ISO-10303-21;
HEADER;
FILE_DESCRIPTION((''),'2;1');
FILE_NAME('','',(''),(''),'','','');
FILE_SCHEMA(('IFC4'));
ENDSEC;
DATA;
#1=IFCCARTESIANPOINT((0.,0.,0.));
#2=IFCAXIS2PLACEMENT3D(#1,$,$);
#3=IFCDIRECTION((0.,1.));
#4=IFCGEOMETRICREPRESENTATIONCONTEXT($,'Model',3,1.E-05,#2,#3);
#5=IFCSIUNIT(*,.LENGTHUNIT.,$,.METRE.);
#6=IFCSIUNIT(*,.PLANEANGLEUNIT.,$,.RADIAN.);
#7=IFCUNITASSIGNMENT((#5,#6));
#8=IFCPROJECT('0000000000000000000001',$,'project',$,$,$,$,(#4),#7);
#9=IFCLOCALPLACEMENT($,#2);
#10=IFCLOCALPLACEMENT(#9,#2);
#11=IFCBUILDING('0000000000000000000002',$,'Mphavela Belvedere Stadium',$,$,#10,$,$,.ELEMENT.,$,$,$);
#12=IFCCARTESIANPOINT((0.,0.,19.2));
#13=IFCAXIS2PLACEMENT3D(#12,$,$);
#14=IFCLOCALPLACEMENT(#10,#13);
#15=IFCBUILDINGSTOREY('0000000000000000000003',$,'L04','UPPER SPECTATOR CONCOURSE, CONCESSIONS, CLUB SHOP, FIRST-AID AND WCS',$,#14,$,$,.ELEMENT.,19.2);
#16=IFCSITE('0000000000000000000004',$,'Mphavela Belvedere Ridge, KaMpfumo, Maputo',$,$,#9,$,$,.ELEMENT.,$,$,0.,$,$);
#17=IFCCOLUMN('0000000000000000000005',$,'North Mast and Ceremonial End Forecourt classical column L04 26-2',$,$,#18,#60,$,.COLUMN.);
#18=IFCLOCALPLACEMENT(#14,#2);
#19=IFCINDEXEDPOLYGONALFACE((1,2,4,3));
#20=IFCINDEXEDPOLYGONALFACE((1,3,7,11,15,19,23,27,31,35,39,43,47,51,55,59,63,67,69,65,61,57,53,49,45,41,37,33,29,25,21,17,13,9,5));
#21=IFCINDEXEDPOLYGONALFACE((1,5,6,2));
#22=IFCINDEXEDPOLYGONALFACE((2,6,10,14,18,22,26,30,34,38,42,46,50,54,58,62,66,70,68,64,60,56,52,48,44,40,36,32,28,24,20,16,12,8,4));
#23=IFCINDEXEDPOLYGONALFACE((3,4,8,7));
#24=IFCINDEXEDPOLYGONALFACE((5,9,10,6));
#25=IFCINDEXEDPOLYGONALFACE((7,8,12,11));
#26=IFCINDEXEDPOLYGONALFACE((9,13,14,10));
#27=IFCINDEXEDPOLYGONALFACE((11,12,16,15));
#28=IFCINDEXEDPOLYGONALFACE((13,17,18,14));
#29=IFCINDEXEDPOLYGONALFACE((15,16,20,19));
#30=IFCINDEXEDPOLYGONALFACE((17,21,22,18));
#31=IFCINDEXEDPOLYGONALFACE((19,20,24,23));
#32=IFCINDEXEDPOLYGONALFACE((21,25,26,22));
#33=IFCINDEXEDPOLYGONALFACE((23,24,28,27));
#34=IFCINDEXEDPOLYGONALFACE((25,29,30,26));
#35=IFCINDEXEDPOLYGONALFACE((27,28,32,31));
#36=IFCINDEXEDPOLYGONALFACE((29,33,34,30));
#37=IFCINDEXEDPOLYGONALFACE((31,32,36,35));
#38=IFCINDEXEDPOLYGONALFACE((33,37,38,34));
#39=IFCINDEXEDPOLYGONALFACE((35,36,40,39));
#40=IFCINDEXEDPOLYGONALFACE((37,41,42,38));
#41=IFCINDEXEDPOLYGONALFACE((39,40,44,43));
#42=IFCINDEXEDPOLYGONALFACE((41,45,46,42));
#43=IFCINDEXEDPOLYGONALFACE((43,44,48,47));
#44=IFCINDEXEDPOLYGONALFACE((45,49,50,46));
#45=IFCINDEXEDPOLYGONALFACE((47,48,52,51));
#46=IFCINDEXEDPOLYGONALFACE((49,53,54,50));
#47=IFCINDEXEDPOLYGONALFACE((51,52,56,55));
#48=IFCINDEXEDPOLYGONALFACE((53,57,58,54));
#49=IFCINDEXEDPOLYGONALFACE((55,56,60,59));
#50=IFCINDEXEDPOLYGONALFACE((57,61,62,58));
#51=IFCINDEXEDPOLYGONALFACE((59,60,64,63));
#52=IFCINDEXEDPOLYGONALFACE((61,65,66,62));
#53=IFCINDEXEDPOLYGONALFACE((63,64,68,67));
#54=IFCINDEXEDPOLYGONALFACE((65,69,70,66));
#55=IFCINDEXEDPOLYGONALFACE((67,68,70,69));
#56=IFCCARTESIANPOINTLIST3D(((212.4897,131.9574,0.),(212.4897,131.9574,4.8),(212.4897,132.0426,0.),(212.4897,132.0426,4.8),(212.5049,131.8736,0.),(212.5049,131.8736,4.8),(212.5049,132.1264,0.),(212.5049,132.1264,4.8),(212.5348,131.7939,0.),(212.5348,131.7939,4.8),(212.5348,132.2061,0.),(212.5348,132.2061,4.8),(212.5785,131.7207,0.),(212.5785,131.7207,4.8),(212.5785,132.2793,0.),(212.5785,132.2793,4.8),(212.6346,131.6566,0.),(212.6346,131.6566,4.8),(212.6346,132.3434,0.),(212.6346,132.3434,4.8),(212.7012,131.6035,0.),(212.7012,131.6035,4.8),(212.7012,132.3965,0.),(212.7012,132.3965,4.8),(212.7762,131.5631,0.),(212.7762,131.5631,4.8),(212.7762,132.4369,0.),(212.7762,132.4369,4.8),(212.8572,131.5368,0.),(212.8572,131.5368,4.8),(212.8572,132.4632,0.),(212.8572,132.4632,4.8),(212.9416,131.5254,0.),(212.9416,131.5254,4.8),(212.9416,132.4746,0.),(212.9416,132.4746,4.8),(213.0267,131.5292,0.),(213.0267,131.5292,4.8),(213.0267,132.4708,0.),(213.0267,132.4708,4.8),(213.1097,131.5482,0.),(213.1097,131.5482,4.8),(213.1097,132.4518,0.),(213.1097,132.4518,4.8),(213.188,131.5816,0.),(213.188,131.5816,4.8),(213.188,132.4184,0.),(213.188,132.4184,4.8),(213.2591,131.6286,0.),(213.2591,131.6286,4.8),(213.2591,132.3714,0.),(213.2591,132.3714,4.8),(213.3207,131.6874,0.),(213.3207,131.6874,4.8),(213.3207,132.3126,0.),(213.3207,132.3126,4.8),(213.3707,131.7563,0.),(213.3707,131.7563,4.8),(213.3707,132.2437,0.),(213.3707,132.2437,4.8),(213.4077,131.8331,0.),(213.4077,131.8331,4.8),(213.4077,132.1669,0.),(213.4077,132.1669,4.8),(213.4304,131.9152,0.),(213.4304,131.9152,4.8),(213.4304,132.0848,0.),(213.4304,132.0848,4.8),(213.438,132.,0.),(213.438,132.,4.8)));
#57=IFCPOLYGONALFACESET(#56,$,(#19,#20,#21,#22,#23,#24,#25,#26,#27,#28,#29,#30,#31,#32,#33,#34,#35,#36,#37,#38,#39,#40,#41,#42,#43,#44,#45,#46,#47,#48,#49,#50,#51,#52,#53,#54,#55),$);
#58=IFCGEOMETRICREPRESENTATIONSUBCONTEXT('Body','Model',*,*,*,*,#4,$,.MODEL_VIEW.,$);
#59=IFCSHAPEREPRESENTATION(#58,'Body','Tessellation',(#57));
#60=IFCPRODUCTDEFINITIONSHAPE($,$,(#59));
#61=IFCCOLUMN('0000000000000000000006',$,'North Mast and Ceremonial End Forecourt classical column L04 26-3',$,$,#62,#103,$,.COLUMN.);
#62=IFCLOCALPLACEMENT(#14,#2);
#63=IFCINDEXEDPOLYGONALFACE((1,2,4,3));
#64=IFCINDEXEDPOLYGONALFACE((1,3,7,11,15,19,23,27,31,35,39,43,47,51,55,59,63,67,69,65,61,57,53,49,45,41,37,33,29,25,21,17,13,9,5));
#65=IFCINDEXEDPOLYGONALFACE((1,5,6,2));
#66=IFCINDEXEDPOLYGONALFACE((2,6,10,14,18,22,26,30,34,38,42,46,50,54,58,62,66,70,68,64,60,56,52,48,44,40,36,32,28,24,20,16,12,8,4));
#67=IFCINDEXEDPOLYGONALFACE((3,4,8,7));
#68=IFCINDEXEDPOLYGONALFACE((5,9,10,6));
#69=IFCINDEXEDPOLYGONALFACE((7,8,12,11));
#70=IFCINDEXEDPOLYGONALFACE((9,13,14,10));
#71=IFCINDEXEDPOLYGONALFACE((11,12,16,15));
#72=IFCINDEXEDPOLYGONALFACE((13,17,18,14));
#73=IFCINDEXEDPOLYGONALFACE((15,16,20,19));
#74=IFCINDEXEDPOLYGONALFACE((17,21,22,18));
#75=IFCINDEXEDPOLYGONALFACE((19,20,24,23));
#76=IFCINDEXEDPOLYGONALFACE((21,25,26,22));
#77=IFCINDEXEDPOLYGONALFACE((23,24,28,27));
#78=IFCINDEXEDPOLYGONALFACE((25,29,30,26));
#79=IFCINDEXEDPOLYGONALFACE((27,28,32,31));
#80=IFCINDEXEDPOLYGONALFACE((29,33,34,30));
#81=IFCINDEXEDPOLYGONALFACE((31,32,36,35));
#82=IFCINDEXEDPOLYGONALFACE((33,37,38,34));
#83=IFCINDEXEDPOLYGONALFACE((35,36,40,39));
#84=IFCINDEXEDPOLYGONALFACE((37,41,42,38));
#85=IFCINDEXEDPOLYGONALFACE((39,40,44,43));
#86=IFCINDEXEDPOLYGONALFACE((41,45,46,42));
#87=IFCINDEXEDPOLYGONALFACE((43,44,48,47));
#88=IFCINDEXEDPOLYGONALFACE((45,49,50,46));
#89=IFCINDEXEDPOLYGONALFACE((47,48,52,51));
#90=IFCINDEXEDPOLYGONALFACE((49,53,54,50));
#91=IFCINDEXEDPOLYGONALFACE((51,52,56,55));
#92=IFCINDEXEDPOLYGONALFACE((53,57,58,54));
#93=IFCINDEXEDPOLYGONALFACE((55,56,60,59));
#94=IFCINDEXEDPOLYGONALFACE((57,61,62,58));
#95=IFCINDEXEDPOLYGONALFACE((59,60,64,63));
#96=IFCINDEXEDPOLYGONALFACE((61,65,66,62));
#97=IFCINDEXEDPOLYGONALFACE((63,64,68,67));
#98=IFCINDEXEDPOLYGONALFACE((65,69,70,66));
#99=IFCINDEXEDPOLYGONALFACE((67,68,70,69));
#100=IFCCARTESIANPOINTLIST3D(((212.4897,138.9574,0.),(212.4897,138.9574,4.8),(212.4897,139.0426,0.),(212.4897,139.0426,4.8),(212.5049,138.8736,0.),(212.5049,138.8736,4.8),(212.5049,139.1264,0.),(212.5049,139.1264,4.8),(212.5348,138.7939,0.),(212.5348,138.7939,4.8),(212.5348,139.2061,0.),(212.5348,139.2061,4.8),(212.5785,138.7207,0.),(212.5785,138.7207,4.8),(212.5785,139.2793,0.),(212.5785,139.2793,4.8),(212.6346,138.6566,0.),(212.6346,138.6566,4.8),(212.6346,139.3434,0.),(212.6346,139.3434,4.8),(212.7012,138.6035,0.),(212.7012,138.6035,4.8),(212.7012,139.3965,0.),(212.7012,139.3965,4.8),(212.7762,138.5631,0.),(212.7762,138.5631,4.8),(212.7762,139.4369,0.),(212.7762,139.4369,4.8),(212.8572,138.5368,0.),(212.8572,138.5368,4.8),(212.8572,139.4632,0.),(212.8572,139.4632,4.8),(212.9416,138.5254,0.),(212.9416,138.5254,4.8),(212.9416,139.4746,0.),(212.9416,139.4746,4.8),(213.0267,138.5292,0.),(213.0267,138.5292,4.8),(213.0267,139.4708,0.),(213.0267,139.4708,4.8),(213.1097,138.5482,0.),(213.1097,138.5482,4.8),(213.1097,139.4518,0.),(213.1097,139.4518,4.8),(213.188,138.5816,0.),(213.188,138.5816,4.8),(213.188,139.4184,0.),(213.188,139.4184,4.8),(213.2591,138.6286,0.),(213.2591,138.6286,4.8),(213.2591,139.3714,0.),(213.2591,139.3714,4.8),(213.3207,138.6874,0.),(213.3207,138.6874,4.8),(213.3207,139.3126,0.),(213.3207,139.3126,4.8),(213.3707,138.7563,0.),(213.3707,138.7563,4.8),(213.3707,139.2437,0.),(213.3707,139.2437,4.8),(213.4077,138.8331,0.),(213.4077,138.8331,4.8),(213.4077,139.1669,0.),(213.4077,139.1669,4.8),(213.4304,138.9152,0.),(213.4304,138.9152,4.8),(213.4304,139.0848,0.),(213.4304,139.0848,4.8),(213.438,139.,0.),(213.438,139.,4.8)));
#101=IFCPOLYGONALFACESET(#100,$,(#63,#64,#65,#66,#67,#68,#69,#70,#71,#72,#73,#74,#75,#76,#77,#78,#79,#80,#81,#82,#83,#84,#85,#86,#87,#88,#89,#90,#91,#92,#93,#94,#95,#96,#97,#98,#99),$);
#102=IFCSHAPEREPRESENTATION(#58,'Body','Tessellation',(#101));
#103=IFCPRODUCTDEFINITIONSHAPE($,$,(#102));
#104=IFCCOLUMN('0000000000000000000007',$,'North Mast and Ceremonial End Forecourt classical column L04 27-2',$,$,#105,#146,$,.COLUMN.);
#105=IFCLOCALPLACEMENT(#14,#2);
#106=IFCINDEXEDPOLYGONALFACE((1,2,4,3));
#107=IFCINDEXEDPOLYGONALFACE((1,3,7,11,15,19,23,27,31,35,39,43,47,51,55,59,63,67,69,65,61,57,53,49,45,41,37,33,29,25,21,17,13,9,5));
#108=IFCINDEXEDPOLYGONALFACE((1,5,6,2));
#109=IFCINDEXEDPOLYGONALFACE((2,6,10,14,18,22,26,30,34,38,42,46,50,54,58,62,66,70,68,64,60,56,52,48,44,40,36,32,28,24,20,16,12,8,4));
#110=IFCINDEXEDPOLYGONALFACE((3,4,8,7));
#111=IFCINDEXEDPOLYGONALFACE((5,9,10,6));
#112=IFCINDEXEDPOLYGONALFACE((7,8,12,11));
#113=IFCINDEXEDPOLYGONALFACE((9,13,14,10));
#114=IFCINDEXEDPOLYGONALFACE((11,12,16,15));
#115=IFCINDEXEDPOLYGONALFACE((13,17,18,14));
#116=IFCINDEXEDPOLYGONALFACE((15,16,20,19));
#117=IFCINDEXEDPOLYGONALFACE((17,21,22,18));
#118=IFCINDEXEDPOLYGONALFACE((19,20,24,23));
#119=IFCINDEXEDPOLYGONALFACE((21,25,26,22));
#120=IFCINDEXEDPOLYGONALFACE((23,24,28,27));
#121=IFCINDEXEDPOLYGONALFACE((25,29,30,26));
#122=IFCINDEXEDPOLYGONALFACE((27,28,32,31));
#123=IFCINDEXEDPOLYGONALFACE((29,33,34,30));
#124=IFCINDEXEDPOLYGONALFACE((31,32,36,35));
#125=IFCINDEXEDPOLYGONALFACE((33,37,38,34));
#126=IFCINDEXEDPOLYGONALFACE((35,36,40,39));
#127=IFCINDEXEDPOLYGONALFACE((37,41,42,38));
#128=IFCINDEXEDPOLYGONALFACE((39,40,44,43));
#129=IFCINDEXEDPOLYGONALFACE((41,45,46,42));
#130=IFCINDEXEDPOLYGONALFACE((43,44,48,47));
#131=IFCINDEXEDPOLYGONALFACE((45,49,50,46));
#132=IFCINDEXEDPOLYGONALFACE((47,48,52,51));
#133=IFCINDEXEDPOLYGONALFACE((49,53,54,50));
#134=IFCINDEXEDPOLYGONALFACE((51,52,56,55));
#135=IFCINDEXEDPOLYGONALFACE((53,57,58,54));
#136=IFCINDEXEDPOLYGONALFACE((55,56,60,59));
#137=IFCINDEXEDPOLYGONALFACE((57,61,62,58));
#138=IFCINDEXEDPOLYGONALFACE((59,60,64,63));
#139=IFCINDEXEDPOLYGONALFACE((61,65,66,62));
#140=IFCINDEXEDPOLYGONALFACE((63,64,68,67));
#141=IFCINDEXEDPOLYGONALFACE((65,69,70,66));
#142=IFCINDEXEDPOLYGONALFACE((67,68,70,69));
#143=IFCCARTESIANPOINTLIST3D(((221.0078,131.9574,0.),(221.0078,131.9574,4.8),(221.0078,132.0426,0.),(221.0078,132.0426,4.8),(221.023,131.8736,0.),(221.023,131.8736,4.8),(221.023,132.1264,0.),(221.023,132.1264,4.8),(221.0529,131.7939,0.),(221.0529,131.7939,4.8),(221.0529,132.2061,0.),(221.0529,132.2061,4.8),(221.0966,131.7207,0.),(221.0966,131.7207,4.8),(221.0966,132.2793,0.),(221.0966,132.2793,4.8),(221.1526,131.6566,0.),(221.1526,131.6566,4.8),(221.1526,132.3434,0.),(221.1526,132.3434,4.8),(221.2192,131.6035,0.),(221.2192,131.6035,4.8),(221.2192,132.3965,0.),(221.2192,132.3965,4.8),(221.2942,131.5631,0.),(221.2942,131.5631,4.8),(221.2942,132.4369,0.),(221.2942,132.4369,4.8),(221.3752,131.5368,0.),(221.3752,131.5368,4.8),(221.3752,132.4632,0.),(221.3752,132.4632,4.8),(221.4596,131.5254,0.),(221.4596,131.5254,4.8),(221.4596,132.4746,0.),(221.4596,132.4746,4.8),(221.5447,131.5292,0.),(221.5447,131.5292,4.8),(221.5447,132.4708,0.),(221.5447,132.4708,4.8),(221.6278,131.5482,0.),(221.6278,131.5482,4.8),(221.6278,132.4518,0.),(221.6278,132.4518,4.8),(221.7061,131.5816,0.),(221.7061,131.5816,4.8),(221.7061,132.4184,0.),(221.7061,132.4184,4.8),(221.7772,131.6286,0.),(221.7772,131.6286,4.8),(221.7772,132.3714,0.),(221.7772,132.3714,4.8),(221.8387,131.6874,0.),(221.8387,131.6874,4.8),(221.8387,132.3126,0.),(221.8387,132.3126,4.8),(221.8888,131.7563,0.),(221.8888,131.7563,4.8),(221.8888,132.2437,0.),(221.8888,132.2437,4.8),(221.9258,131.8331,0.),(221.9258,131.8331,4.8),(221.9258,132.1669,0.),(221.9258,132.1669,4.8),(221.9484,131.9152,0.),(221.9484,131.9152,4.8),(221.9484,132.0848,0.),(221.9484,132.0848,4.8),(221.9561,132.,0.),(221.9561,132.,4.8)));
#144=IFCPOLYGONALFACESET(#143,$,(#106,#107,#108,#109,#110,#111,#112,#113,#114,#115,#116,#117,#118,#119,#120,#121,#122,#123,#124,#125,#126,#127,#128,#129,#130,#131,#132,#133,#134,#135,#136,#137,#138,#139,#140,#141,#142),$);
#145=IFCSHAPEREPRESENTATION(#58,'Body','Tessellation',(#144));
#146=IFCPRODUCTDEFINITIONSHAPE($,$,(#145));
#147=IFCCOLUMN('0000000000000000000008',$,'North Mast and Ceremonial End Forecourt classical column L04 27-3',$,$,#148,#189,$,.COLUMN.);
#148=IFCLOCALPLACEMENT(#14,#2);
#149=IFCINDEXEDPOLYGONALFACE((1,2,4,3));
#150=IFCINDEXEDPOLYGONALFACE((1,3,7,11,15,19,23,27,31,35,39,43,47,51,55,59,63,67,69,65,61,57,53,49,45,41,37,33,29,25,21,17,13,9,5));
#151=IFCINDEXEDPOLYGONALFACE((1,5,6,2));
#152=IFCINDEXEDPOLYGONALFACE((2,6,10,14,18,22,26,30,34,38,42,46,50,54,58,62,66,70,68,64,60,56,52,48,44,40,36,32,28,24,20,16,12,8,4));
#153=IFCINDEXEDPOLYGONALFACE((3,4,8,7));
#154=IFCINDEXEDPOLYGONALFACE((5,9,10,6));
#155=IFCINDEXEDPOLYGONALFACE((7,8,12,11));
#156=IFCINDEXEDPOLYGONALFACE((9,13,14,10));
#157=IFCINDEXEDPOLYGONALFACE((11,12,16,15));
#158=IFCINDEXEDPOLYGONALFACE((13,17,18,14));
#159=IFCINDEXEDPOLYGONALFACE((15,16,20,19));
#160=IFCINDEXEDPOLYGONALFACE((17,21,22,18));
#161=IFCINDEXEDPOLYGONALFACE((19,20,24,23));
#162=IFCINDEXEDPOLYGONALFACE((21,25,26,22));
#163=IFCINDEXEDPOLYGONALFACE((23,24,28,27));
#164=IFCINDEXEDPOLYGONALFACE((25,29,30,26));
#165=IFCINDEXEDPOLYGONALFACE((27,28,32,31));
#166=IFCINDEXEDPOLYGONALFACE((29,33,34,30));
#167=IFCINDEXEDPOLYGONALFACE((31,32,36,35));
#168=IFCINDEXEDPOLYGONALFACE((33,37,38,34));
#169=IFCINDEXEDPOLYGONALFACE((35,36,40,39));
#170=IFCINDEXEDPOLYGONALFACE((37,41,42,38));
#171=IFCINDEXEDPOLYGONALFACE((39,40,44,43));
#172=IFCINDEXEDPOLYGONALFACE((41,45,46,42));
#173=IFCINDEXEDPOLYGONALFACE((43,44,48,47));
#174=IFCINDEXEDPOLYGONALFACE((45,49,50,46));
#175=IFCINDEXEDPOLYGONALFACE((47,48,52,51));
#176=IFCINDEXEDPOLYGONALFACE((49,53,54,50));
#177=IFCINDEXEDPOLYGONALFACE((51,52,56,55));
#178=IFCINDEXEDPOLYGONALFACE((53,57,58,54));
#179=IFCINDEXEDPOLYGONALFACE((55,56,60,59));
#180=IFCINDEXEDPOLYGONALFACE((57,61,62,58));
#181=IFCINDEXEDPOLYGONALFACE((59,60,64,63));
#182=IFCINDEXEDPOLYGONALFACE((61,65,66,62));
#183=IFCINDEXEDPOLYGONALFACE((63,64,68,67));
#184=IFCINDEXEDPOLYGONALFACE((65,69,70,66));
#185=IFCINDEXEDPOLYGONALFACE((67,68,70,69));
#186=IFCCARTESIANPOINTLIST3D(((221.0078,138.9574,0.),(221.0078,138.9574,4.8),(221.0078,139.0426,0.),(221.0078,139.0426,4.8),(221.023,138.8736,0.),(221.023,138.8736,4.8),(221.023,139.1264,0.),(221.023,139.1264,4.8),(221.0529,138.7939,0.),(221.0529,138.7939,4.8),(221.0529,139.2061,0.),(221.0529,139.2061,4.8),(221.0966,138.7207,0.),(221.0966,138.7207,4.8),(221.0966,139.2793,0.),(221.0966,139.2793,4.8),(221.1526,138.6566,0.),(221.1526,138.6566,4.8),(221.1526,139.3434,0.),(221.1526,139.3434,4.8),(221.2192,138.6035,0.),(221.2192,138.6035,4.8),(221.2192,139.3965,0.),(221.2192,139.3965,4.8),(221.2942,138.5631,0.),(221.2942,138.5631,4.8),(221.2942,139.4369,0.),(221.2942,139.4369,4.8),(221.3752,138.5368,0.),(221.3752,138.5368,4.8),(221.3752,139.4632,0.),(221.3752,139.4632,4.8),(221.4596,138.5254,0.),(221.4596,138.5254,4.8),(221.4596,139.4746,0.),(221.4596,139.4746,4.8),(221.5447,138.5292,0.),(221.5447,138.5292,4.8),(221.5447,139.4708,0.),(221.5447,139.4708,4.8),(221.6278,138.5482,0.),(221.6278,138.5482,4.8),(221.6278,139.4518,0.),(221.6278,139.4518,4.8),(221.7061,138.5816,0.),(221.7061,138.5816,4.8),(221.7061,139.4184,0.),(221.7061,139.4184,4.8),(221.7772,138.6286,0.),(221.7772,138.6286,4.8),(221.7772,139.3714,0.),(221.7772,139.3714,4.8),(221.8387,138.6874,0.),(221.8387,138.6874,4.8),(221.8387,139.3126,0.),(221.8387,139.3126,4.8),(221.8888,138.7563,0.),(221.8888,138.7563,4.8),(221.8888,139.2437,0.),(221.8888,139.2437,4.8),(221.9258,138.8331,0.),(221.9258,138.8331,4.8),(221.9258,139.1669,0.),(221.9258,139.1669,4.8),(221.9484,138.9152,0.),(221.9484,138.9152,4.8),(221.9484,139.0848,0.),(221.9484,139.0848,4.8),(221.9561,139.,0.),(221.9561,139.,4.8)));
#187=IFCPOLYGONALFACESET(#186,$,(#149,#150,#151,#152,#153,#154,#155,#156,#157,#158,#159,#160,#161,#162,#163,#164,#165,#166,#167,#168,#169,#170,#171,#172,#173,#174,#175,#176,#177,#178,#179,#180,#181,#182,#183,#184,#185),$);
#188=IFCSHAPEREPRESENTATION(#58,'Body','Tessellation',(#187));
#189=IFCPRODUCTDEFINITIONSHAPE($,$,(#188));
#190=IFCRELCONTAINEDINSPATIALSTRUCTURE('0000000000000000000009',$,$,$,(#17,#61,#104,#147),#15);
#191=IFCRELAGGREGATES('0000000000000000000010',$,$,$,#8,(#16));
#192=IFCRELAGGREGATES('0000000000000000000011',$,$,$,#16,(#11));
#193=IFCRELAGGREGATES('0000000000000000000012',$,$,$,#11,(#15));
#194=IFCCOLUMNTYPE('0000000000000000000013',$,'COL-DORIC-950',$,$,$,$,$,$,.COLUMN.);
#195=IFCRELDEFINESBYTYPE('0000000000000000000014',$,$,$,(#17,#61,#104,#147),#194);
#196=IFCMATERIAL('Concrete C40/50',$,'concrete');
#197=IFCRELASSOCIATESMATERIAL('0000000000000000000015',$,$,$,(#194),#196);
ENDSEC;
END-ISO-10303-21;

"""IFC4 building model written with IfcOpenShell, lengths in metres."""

from ifc_helpers import new_model, si_unit, direction, frame, origin, origin_2d, place, context, subcontext, project, spatial, circle, extrude, material, material_profile, profile_set, type_object, element, save


model = new_model("IFC4")

# Units and contexts
model_context = context("Model", 3, precision=1e-05, world=origin(), true_north=direction((0.0, 1.0)))
body_context = subcontext(model_context, "Body", "Model", "MODEL_VIEW")
ifc_project = project(units=[si_unit("LENGTHUNIT", "METRE"), si_unit("PLANEANGLEUNIT", "RADIAN")], contexts=[model_context])

# Site, building, storey
site_placement = place(None, origin())
site = spatial("IfcSite", under=ifc_project, at=site_placement, Name="Mphavela Belvedere Ridge, KaMpfumo, Maputo", CompositionType="ELEMENT", RefElevation=0.0)
building_placement = place(site_placement, origin())
building = spatial("IfcBuilding", under=site, at=building_placement, Name="Mphavela Belvedere Stadium", CompositionType="ELEMENT")
storey_placement = place(building_placement, frame((0.0, 0.0, 19.2)))
storey = spatial("IfcBuildingStorey", under=building, at=storey_placement, Name="L04", Description="UPPER SPECTATOR CONCOURSE, CONCESSIONS, CLUB SHOP, FIRST-AID AND WCS", CompositionType="ELEMENT", Elevation=19.2)

# Columns
ifc_material_1 = material(Name="Concrete C40/50", Category="concrete")
ifc_material_profile_1 = material_profile(ifc_material_1, circle(Radius=0.4751, at=origin_2d()), Name="COL D950")
ifc_profile_set_1 = profile_set([ifc_material_profile_1], Name="Concrete C40/50")
column_type = type_object("IfcColumnType", Name="COL-DORIC-950", PredefinedType="COLUMN", material=ifc_profile_set_1)
for number, where, z_axis, x_axis, name in (
    (1, (212.9629, 132.0, 0.0), (0.0, 0.0, 1.0), (1.0, 0.0, 0.0), "North Mast and Ceremonial End Forecourt classical column L04 26-2"),
    (2, (212.9629, 139.0, 0.0), (0.0, 0.0, 1.0), (1.0, 0.0, 0.0), "North Mast and Ceremonial End Forecourt classical column L04 26-3"),
    (3, (221.481, 132.0, 0.0), (0.0, 0.0, 1.0), (1.0, 0.0, 0.0), "North Mast and Ceremonial End Forecourt classical column L04 27-2"),
    (4, (221.481, 139.0, 0.0), (0.0, 0.0, 1.0), (1.0, 0.0, 0.0), "North Mast and Ceremonial End Forecourt classical column L04 27-3"),
):
    element("IfcColumn", number, at=place(storey_placement, frame(where, z_axis=z_axis, x_axis=x_axis)), inside=storey, type_object=column_type, Name=name, PredefinedType="COLUMN", context=body_context, shape_type="SweptSolid", body=[
        extrude(circle(Radius=0.4751, at=origin_2d()), origin(), (0.0, 0.0, 1.0), 4.8),
    ])

save(model, "model.ifc")
